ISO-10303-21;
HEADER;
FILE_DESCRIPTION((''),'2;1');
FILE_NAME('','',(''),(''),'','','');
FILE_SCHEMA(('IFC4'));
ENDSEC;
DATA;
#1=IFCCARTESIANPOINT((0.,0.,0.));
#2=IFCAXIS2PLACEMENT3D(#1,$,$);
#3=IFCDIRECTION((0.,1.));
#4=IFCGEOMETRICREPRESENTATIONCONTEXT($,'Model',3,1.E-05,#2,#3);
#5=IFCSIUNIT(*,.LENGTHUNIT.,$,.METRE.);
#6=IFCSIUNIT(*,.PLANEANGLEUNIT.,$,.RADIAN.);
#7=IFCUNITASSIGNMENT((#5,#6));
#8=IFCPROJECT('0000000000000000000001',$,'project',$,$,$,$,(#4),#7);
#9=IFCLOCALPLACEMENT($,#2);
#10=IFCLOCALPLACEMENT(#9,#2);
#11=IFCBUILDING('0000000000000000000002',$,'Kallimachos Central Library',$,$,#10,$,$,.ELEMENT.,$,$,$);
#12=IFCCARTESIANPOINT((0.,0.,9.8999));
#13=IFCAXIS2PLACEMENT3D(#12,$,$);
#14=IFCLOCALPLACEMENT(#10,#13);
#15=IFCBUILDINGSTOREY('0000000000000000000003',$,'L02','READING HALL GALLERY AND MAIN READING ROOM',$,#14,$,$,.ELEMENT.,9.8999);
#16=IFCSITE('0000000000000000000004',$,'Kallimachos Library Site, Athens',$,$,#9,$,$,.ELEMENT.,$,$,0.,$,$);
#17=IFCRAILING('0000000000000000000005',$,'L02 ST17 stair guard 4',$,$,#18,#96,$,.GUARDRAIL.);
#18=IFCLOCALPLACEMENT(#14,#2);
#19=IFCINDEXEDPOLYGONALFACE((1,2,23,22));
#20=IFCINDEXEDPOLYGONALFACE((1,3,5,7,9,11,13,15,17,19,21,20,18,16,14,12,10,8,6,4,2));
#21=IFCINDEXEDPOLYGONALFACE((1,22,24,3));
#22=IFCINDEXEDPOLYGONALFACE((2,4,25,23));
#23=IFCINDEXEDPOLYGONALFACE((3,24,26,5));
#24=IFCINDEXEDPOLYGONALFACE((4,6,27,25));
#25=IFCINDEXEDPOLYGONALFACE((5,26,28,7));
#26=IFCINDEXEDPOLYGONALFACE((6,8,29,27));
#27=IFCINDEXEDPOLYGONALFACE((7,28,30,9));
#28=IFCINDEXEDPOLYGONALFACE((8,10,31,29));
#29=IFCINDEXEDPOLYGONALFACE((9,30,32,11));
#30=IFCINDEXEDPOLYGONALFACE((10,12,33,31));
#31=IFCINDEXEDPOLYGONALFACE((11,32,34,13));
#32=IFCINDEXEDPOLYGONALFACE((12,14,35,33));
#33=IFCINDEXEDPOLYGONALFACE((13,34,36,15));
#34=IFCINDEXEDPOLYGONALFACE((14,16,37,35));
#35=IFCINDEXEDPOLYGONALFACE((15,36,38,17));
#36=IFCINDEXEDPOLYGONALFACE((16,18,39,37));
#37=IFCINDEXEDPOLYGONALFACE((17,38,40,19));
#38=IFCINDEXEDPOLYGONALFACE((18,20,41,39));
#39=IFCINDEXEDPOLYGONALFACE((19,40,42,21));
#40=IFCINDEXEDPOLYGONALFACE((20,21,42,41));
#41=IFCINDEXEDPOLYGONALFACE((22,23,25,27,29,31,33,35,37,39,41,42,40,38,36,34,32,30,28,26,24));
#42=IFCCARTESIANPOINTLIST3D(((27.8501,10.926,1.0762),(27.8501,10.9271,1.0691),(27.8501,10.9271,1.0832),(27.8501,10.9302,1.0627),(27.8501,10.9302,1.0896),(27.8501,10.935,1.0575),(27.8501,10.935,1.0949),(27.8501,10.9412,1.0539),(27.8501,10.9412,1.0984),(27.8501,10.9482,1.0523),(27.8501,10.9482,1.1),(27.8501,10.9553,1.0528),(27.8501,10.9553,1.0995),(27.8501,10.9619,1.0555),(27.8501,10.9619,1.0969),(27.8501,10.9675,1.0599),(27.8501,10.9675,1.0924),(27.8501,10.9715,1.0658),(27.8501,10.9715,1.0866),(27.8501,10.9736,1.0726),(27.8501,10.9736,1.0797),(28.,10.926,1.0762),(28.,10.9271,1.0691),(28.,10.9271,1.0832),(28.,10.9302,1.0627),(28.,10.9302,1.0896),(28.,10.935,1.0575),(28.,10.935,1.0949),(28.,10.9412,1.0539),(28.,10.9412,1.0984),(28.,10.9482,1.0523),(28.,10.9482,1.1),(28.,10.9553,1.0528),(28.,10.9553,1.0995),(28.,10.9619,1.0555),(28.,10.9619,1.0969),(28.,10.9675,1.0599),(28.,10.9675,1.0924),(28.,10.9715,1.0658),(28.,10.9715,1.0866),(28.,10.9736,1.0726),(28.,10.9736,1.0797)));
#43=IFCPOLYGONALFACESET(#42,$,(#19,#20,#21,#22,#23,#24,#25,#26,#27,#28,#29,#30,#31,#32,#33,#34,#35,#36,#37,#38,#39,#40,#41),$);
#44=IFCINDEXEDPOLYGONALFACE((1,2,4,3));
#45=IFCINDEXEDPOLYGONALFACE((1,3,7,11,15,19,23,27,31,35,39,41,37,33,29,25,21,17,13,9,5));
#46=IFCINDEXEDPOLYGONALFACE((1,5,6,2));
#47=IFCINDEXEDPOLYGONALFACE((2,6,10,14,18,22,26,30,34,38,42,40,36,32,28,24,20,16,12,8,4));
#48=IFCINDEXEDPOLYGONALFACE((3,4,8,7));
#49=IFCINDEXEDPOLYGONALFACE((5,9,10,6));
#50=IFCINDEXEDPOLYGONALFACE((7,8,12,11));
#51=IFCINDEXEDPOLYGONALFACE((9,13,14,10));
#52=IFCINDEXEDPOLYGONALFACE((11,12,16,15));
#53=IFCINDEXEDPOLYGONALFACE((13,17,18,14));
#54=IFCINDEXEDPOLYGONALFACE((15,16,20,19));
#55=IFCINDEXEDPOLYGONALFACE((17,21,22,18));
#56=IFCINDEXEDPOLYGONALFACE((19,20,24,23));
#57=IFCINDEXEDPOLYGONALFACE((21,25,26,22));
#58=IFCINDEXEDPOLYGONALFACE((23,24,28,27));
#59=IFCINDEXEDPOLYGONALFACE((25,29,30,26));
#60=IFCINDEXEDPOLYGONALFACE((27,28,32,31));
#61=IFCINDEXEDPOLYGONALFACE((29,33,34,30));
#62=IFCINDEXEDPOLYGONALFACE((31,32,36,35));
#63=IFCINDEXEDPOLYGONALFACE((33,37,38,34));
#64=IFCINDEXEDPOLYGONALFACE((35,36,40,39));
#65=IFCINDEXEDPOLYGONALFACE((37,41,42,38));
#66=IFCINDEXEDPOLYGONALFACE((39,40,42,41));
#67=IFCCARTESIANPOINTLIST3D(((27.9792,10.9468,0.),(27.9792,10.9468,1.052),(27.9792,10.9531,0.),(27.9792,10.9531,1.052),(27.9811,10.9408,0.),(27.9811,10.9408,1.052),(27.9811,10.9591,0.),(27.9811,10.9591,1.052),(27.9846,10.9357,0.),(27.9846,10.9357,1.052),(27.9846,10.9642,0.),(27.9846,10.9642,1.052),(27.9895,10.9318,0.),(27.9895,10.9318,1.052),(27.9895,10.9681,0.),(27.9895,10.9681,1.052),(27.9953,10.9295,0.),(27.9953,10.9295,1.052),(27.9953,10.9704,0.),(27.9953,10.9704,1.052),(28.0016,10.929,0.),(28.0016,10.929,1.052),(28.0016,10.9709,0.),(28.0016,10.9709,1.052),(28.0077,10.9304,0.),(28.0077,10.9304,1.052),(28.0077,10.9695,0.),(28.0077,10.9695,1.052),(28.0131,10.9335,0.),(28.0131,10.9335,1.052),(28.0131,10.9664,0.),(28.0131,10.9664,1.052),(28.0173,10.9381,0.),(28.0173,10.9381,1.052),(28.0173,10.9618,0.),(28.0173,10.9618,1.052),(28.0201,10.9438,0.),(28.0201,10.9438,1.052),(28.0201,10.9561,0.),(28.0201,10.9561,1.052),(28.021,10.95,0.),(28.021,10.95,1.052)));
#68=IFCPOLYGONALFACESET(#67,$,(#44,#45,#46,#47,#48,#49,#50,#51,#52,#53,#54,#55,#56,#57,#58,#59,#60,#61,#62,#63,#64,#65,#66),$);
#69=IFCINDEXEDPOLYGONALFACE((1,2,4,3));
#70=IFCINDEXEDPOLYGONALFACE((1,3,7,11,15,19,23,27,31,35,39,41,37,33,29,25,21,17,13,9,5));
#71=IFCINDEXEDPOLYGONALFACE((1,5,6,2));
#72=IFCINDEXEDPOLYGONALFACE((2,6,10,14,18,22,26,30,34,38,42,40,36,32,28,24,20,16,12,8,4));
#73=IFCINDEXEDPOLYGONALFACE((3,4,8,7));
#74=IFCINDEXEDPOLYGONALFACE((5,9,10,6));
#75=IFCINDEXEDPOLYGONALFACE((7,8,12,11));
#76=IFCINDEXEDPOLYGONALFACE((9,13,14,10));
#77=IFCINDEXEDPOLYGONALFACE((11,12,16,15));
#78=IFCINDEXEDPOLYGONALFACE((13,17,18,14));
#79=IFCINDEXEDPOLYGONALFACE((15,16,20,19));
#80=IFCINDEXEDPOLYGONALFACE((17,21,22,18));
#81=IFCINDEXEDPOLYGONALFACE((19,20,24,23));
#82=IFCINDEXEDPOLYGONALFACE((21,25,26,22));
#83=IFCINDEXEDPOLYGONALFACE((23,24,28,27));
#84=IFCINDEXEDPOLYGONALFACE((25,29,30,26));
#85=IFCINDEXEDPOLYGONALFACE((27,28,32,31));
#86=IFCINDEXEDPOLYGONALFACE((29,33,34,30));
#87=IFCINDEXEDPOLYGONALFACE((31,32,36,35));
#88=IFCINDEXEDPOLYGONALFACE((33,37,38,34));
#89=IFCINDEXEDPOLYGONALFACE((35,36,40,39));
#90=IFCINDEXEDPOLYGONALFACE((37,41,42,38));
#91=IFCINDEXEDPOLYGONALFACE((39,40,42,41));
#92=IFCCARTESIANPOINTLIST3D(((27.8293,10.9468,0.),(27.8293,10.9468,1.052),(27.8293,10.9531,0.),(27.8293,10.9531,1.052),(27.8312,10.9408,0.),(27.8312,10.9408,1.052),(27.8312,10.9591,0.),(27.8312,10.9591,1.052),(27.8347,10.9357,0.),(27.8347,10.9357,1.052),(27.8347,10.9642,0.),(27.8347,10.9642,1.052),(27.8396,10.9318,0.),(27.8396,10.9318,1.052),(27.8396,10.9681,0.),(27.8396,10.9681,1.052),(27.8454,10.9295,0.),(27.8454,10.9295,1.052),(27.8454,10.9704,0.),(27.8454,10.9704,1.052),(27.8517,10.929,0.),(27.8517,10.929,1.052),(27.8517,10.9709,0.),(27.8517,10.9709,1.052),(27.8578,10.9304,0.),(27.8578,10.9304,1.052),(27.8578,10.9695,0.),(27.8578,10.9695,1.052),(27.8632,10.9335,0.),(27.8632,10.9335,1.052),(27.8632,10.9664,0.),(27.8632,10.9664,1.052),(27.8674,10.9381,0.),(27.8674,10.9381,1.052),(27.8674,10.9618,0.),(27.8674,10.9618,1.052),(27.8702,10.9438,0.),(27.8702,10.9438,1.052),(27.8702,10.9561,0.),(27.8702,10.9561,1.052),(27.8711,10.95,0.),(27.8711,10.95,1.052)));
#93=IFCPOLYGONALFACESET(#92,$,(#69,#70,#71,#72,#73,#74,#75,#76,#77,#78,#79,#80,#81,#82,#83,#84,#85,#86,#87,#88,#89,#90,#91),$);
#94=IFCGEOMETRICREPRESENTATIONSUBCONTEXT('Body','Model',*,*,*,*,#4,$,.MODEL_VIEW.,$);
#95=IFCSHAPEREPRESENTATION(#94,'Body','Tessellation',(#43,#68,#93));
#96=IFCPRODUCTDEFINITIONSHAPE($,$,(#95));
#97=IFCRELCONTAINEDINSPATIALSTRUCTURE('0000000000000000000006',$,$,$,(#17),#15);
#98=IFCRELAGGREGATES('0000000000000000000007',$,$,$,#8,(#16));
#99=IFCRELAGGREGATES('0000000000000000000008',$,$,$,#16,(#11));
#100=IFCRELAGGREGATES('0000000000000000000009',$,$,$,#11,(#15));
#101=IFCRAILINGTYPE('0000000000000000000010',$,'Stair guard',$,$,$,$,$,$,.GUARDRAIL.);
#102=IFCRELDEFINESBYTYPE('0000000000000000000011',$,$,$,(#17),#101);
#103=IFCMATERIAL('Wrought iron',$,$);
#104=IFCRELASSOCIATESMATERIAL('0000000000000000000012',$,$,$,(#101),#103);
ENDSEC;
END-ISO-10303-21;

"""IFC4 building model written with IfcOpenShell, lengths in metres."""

from ifc_helpers import new_model, si_unit, direction, frame, origin, origin_2d, place, context, subcontext, project, spatial, circle, extrude, material, type_object, element, save


model = new_model("IFC4")

# Units and contexts
model_context = context("Model", 3, precision=1e-05, world=origin(), true_north=direction((0.0, 1.0)))
body_context = subcontext(model_context, "Body", "Model", "MODEL_VIEW")
ifc_project = project(units=[si_unit("LENGTHUNIT", "METRE"), si_unit("PLANEANGLEUNIT", "RADIAN")], contexts=[model_context])

# Site, building, storey
site_placement = place(None, origin())
site = spatial("IfcSite", under=ifc_project, at=site_placement, Name="Kallimachos Library Site, Athens", CompositionType="ELEMENT", RefElevation=0.0)
building_placement = place(site_placement, origin())
building = spatial("IfcBuilding", under=site, at=building_placement, Name="Kallimachos Central Library", CompositionType="ELEMENT")
storey_placement = place(building_placement, frame((0.0, 0.0, 9.8999)))
storey = spatial("IfcBuildingStorey", under=building, at=storey_placement, Name="L02", Description="READING HALL GALLERY AND MAIN READING ROOM", CompositionType="ELEMENT", Elevation=9.8999)

# Railing
ifc_material_1 = material(Name="Wrought iron")
railing_type_1 = type_object("IfcRailingType", Name="Stair guard", PredefinedType="GUARDRAIL", material=ifc_material_1)
railing_1_placement = place(storey_placement, frame((28.0, 10.95, 0.0)))
element("IfcRailing", 1, at=railing_1_placement, inside=storey, type_object=railing_type_1, Name="L02 ST17 stair guard 4", PredefinedType="GUARDRAIL", context=body_context, shape_type="SweptSolid", body=[
    extrude(circle(Radius=0.0239, at=origin_2d()), frame((0.0, 0.0, 1.0762), z_axis=(-1.0, 0.0, 0.0), x_axis=(0.0, -1.0, 0.0)), (0.0, 0.0, 1.0), 0.1499),
    extrude(circle(Radius=0.021, at=origin_2d()), origin(), (0.0, 0.0, 1.0), 1.052),
    extrude(circle(Radius=0.021, at=origin_2d()), frame((-0.1499, 0.0, 0.0)), (0.0, 0.0, 1.0), 1.052),
])

save(model, "model.ifc")
